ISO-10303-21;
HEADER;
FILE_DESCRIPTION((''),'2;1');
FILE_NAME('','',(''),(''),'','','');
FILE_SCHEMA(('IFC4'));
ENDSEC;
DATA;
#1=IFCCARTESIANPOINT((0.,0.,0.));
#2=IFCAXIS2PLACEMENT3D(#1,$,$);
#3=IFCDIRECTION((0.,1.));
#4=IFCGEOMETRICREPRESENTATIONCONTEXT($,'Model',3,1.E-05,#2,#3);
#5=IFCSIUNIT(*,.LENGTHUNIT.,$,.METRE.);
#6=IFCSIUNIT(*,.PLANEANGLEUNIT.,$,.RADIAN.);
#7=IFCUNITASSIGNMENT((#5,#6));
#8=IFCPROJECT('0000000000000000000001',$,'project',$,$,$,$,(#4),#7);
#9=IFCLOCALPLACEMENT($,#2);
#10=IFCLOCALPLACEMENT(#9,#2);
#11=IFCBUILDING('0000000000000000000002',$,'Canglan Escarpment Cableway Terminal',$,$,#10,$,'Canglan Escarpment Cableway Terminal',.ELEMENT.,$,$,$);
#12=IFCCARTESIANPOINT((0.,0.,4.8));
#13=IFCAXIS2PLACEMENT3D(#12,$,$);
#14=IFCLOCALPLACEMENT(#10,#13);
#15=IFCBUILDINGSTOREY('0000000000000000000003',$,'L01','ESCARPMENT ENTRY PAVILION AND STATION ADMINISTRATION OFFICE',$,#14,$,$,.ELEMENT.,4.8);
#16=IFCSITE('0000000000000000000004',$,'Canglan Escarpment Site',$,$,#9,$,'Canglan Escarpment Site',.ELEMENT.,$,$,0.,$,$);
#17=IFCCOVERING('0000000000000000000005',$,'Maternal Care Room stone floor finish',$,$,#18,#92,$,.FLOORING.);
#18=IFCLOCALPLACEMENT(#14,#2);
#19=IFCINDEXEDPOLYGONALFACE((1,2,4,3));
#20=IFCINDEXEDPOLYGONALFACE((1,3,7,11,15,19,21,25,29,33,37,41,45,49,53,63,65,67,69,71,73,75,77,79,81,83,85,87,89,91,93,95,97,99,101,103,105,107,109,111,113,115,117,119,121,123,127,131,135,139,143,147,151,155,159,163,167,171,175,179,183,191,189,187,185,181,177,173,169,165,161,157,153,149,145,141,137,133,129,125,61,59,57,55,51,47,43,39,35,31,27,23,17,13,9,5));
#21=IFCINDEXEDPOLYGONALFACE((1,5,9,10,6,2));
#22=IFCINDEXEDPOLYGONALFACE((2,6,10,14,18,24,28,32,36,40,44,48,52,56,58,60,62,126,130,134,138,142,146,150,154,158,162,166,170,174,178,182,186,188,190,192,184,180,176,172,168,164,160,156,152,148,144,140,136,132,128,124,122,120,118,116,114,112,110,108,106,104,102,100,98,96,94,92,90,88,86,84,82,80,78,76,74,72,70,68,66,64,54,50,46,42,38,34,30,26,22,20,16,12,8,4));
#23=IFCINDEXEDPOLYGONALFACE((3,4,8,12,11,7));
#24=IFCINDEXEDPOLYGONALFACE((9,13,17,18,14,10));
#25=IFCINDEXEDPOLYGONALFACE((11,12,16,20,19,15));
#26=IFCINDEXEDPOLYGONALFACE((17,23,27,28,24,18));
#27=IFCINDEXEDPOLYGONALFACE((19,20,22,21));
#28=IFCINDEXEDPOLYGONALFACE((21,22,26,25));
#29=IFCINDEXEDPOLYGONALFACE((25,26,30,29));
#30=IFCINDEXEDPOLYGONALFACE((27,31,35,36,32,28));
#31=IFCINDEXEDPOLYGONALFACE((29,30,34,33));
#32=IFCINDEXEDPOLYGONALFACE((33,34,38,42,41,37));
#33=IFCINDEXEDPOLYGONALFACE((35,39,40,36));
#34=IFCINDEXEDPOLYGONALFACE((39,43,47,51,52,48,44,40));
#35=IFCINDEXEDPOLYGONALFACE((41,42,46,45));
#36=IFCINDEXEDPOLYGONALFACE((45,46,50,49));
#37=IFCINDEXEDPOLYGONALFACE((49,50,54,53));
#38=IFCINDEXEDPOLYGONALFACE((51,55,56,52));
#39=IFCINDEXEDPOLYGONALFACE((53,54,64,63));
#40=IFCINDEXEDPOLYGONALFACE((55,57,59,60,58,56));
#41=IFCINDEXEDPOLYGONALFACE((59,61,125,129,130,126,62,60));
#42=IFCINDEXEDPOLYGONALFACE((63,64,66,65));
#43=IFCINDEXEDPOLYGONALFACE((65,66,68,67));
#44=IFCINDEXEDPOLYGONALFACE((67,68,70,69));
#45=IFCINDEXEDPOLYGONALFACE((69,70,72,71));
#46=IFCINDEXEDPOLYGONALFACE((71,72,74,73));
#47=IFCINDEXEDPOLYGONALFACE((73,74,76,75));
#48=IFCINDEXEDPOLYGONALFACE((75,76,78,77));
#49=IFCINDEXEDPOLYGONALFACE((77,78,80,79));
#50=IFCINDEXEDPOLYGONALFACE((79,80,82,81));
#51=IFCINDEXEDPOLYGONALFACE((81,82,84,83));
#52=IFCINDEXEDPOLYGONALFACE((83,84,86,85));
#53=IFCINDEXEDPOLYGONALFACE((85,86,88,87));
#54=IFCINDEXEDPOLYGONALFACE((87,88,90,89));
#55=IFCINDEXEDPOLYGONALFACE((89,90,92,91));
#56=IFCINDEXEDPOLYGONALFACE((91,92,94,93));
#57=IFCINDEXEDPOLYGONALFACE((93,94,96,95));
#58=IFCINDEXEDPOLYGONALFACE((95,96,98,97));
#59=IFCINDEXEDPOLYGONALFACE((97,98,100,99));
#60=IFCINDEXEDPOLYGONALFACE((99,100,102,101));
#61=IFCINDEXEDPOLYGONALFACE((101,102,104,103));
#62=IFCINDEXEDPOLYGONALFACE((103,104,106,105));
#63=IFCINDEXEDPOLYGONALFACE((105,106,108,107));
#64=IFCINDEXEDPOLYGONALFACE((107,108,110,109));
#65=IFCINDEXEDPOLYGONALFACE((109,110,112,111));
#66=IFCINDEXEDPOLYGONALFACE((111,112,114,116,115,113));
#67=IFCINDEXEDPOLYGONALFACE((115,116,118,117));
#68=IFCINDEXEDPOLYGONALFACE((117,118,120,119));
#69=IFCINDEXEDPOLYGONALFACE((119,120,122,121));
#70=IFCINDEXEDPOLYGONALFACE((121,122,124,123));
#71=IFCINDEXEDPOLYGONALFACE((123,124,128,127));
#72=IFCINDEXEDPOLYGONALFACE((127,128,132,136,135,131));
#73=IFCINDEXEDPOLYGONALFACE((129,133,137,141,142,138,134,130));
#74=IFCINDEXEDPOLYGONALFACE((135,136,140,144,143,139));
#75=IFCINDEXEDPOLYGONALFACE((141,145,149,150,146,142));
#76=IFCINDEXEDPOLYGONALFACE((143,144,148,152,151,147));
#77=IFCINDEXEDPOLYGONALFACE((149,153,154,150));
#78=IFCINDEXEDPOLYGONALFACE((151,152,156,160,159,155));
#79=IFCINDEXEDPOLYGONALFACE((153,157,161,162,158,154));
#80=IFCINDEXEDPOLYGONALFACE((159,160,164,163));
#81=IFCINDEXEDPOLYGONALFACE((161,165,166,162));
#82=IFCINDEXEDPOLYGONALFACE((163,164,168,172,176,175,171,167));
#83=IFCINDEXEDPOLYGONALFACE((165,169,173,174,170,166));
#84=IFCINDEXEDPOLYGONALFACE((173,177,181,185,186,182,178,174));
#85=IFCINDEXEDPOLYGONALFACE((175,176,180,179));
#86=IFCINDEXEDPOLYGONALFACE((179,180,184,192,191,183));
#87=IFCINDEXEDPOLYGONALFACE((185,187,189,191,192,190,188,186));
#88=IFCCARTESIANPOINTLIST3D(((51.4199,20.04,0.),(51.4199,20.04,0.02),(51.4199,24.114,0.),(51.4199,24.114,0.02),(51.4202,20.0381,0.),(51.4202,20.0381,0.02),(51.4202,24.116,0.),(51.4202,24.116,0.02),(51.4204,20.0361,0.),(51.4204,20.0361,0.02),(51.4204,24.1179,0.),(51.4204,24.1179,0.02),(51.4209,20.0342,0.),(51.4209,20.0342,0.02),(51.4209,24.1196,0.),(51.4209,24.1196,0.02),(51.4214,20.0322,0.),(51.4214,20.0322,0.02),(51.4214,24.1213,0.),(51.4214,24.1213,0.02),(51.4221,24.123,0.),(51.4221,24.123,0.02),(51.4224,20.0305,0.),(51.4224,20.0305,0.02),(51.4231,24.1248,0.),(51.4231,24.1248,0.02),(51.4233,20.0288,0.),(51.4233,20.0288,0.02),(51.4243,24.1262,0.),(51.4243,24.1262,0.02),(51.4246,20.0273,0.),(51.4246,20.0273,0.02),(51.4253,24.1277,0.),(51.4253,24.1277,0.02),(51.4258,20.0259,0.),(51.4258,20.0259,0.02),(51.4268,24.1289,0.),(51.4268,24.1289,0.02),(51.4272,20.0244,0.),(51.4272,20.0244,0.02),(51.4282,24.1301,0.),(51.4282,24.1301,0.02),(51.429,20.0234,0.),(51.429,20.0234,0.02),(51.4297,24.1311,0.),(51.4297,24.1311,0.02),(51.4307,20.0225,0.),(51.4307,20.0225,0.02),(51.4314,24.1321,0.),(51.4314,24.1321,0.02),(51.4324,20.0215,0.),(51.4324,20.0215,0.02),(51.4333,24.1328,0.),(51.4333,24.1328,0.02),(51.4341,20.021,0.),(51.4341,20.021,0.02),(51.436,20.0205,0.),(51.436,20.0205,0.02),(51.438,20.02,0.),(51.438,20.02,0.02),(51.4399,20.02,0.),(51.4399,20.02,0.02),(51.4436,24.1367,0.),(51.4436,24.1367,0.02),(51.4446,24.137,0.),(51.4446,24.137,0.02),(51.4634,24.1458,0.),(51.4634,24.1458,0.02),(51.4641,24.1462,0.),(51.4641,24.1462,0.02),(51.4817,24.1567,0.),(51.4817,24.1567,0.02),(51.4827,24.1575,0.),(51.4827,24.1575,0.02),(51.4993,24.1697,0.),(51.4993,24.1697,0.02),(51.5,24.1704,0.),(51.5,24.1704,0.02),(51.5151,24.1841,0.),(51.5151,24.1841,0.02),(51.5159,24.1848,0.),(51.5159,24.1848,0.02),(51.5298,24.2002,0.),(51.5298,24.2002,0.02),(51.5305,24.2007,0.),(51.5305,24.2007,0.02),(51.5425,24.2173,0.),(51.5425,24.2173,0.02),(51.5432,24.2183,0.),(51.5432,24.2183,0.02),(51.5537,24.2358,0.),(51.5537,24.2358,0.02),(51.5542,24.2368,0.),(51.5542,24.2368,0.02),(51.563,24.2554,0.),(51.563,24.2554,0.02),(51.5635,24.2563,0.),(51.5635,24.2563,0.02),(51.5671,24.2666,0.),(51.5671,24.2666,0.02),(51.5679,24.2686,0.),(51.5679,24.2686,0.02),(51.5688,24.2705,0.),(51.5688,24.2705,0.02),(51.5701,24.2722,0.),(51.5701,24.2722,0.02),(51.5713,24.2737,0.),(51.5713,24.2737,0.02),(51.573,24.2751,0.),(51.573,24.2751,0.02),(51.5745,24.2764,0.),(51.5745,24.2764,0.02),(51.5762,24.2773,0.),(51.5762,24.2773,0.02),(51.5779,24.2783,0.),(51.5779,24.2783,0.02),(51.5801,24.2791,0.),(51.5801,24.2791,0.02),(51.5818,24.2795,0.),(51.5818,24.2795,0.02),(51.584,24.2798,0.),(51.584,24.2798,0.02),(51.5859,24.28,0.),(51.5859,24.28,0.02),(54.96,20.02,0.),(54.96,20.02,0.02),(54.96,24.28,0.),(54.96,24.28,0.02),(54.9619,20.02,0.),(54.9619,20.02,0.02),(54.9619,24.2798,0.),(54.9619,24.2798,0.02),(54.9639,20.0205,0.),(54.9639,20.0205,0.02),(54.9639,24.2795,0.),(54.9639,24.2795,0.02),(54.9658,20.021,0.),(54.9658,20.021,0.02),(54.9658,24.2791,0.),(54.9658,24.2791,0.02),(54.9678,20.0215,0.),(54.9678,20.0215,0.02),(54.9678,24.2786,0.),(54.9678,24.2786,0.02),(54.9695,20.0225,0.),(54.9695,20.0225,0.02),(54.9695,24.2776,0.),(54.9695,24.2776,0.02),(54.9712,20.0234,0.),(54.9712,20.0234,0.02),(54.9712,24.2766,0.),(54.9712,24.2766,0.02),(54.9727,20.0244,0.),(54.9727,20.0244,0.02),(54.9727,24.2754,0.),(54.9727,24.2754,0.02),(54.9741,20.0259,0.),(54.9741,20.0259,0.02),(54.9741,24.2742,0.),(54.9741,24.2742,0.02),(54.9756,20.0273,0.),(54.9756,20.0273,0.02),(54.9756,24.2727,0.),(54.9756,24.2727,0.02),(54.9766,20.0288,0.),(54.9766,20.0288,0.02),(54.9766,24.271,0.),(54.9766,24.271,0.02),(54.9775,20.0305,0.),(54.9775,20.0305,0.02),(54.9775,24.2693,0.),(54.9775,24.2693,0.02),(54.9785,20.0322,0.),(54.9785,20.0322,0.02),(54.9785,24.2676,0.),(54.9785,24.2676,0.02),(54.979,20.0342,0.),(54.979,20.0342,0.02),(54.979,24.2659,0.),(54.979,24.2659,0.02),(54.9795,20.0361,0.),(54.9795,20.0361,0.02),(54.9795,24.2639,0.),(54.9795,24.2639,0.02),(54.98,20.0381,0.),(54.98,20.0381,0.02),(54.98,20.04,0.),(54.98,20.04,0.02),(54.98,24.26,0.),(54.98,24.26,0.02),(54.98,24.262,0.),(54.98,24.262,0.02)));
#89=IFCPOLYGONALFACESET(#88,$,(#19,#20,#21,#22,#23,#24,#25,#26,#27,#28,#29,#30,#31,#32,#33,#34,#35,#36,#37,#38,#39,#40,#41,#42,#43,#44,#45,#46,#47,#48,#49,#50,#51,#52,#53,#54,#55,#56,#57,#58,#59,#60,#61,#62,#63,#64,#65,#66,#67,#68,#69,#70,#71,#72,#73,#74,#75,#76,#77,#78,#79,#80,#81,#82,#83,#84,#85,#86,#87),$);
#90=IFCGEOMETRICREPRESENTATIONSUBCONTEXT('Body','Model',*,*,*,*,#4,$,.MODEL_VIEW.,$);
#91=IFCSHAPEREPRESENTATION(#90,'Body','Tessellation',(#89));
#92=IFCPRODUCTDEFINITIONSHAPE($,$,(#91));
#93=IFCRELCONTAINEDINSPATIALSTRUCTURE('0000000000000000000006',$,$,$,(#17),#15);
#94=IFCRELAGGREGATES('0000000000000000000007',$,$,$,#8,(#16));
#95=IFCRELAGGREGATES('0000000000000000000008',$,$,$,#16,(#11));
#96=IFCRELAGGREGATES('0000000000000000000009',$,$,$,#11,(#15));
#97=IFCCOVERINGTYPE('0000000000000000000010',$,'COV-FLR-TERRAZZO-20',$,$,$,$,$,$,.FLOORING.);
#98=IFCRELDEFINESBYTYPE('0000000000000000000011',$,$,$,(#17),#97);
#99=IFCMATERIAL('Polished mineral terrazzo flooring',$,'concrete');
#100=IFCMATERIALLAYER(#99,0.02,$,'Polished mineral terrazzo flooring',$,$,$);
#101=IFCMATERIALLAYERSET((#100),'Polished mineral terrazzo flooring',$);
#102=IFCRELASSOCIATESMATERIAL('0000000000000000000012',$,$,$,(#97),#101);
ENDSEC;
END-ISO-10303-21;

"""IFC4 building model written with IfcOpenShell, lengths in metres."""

from ifc_helpers import new_model, si_unit, direction, frame, origin, place, context, subcontext, project, spatial, polyline, outline, extrude, material, layer, layer_set, type_object, element, save


model = new_model("IFC4")

# Units and contexts
model_context = context("Model", 3, precision=1e-05, world=origin(), true_north=direction((0.0, 1.0)))
body_context = subcontext(model_context, "Body", "Model", "MODEL_VIEW")
ifc_project = project(units=[si_unit("LENGTHUNIT", "METRE"), si_unit("PLANEANGLEUNIT", "RADIAN")], contexts=[model_context])

# Site, building, storey
site_placement = place(None, origin())
site = spatial("IfcSite", under=ifc_project, at=site_placement, Name="Canglan Escarpment Site", LongName="Canglan Escarpment Site", CompositionType="ELEMENT", RefElevation=0.0)
building_placement = place(site_placement, origin())
building = spatial("IfcBuilding", under=site, at=building_placement, Name="Canglan Escarpment Cableway Terminal", LongName="Canglan Escarpment Cableway Terminal", CompositionType="ELEMENT")
storey_placement = place(building_placement, frame((0.0, 0.0, 4.8)))
storey = spatial("IfcBuildingStorey", under=building, at=storey_placement, Name="L01", Description="ESCARPMENT ENTRY PAVILION AND STATION ADMINISTRATION OFFICE", CompositionType="ELEMENT", Elevation=4.8)

# Covering
ifc_material_1 = material(Name="Polished mineral terrazzo flooring", Category="concrete")
ifc_layer_1 = layer(ifc_material_1, 0.02, Name="Polished mineral terrazzo flooring")
ifc_layer_set_1 = layer_set([ifc_layer_1], Name="Polished mineral terrazzo flooring")
covering_type_1 = type_object("IfcCoveringType", Name="COV-FLR-TERRAZZO-20", PredefinedType="FLOORING", material=ifc_layer_set_1)
covering_1_placement = place(storey_placement, origin())
element("IfcCovering", 1, at=covering_1_placement, inside=storey, type_object=covering_type_1, Name="Maternal Care Room stone floor finish", PredefinedType="FLOORING", context=body_context, shape_type="SweptSolid", body=[
    extrude(outline(polyline([(51.4199, 24.114), (51.4202, 24.116), (51.4204, 24.1179), (51.4209, 24.1196), (51.4214, 24.1213), (51.4221, 24.123), (51.4231, 24.1248), (51.4243, 24.1262), (51.4253, 24.1277), (51.4268, 24.1289), (51.4282, 24.1301), (51.4297, 24.1311), (51.4314, 24.1321), (51.4333, 24.1328), (51.4436, 24.1367), (51.4446, 24.137), (51.4634, 24.1458), (51.4641, 24.1462), (51.4817, 24.1567), (51.4827, 24.1575), (51.4993, 24.1697), (51.5, 24.1704), (51.5151, 24.1841), (51.5159, 24.1848), (51.5298, 24.2002), (51.5305, 24.2007), (51.5425, 24.2173), (51.5432, 24.2183), (51.5537, 24.2358), (51.5542, 24.2368), (51.563, 24.2554), (51.5635, 24.2563), (51.5671, 24.2666), (51.5679, 24.2686), (51.5688, 24.2705), (51.5701, 24.2722), (51.5713, 24.2737), (51.573, 24.2751), (51.5745, 24.2764), (51.5762, 24.2773), (51.5779, 24.2783), (51.5801, 24.2791), (51.5818, 24.2795), (51.584, 24.2798), (51.5859, 24.28), (54.96, 24.28), (54.9619, 24.2798), (54.9639, 24.2795), (54.9658, 24.2791), (54.9678, 24.2786), (54.9695, 24.2776), (54.9712, 24.2766), (54.9727, 24.2754), (54.9741, 24.2742), (54.9756, 24.2727), (54.9766, 24.271), (54.9775, 24.2693), (54.9785, 24.2676), (54.979, 24.2659), (54.9795, 24.2639), (54.98, 24.262), (54.98, 24.26), (54.98, 20.04), (54.98, 20.0381), (54.9795, 20.0361), (54.979, 20.0342), (54.9785, 20.0322), (54.9775, 20.0305), (54.9766, 20.0288), (54.9756, 20.0273), (54.9741, 20.0259), (54.9727, 20.0244), (54.9712, 20.0234), (54.9695, 20.0225), (54.9678, 20.0215), (54.9658, 20.021), (54.9639, 20.0205), (54.9619, 20.02), (54.96, 20.02), (51.4399, 20.02), (51.438, 20.02), (51.436, 20.0205), (51.4341, 20.021), (51.4324, 20.0215), (51.4307, 20.0225), (51.429, 20.0234), (51.4272, 20.0244), (51.4258, 20.0259), (51.4246, 20.0273), (51.4233, 20.0288), (51.4224, 20.0305), (51.4214, 20.0322), (51.4209, 20.0342), (51.4204, 20.0361), (51.4202, 20.0381), (51.4199, 20.04), (51.4199, 24.114)])), origin(), (0.0, 0.0, 1.0), 0.02),
])

save(model, "model.ifc")
